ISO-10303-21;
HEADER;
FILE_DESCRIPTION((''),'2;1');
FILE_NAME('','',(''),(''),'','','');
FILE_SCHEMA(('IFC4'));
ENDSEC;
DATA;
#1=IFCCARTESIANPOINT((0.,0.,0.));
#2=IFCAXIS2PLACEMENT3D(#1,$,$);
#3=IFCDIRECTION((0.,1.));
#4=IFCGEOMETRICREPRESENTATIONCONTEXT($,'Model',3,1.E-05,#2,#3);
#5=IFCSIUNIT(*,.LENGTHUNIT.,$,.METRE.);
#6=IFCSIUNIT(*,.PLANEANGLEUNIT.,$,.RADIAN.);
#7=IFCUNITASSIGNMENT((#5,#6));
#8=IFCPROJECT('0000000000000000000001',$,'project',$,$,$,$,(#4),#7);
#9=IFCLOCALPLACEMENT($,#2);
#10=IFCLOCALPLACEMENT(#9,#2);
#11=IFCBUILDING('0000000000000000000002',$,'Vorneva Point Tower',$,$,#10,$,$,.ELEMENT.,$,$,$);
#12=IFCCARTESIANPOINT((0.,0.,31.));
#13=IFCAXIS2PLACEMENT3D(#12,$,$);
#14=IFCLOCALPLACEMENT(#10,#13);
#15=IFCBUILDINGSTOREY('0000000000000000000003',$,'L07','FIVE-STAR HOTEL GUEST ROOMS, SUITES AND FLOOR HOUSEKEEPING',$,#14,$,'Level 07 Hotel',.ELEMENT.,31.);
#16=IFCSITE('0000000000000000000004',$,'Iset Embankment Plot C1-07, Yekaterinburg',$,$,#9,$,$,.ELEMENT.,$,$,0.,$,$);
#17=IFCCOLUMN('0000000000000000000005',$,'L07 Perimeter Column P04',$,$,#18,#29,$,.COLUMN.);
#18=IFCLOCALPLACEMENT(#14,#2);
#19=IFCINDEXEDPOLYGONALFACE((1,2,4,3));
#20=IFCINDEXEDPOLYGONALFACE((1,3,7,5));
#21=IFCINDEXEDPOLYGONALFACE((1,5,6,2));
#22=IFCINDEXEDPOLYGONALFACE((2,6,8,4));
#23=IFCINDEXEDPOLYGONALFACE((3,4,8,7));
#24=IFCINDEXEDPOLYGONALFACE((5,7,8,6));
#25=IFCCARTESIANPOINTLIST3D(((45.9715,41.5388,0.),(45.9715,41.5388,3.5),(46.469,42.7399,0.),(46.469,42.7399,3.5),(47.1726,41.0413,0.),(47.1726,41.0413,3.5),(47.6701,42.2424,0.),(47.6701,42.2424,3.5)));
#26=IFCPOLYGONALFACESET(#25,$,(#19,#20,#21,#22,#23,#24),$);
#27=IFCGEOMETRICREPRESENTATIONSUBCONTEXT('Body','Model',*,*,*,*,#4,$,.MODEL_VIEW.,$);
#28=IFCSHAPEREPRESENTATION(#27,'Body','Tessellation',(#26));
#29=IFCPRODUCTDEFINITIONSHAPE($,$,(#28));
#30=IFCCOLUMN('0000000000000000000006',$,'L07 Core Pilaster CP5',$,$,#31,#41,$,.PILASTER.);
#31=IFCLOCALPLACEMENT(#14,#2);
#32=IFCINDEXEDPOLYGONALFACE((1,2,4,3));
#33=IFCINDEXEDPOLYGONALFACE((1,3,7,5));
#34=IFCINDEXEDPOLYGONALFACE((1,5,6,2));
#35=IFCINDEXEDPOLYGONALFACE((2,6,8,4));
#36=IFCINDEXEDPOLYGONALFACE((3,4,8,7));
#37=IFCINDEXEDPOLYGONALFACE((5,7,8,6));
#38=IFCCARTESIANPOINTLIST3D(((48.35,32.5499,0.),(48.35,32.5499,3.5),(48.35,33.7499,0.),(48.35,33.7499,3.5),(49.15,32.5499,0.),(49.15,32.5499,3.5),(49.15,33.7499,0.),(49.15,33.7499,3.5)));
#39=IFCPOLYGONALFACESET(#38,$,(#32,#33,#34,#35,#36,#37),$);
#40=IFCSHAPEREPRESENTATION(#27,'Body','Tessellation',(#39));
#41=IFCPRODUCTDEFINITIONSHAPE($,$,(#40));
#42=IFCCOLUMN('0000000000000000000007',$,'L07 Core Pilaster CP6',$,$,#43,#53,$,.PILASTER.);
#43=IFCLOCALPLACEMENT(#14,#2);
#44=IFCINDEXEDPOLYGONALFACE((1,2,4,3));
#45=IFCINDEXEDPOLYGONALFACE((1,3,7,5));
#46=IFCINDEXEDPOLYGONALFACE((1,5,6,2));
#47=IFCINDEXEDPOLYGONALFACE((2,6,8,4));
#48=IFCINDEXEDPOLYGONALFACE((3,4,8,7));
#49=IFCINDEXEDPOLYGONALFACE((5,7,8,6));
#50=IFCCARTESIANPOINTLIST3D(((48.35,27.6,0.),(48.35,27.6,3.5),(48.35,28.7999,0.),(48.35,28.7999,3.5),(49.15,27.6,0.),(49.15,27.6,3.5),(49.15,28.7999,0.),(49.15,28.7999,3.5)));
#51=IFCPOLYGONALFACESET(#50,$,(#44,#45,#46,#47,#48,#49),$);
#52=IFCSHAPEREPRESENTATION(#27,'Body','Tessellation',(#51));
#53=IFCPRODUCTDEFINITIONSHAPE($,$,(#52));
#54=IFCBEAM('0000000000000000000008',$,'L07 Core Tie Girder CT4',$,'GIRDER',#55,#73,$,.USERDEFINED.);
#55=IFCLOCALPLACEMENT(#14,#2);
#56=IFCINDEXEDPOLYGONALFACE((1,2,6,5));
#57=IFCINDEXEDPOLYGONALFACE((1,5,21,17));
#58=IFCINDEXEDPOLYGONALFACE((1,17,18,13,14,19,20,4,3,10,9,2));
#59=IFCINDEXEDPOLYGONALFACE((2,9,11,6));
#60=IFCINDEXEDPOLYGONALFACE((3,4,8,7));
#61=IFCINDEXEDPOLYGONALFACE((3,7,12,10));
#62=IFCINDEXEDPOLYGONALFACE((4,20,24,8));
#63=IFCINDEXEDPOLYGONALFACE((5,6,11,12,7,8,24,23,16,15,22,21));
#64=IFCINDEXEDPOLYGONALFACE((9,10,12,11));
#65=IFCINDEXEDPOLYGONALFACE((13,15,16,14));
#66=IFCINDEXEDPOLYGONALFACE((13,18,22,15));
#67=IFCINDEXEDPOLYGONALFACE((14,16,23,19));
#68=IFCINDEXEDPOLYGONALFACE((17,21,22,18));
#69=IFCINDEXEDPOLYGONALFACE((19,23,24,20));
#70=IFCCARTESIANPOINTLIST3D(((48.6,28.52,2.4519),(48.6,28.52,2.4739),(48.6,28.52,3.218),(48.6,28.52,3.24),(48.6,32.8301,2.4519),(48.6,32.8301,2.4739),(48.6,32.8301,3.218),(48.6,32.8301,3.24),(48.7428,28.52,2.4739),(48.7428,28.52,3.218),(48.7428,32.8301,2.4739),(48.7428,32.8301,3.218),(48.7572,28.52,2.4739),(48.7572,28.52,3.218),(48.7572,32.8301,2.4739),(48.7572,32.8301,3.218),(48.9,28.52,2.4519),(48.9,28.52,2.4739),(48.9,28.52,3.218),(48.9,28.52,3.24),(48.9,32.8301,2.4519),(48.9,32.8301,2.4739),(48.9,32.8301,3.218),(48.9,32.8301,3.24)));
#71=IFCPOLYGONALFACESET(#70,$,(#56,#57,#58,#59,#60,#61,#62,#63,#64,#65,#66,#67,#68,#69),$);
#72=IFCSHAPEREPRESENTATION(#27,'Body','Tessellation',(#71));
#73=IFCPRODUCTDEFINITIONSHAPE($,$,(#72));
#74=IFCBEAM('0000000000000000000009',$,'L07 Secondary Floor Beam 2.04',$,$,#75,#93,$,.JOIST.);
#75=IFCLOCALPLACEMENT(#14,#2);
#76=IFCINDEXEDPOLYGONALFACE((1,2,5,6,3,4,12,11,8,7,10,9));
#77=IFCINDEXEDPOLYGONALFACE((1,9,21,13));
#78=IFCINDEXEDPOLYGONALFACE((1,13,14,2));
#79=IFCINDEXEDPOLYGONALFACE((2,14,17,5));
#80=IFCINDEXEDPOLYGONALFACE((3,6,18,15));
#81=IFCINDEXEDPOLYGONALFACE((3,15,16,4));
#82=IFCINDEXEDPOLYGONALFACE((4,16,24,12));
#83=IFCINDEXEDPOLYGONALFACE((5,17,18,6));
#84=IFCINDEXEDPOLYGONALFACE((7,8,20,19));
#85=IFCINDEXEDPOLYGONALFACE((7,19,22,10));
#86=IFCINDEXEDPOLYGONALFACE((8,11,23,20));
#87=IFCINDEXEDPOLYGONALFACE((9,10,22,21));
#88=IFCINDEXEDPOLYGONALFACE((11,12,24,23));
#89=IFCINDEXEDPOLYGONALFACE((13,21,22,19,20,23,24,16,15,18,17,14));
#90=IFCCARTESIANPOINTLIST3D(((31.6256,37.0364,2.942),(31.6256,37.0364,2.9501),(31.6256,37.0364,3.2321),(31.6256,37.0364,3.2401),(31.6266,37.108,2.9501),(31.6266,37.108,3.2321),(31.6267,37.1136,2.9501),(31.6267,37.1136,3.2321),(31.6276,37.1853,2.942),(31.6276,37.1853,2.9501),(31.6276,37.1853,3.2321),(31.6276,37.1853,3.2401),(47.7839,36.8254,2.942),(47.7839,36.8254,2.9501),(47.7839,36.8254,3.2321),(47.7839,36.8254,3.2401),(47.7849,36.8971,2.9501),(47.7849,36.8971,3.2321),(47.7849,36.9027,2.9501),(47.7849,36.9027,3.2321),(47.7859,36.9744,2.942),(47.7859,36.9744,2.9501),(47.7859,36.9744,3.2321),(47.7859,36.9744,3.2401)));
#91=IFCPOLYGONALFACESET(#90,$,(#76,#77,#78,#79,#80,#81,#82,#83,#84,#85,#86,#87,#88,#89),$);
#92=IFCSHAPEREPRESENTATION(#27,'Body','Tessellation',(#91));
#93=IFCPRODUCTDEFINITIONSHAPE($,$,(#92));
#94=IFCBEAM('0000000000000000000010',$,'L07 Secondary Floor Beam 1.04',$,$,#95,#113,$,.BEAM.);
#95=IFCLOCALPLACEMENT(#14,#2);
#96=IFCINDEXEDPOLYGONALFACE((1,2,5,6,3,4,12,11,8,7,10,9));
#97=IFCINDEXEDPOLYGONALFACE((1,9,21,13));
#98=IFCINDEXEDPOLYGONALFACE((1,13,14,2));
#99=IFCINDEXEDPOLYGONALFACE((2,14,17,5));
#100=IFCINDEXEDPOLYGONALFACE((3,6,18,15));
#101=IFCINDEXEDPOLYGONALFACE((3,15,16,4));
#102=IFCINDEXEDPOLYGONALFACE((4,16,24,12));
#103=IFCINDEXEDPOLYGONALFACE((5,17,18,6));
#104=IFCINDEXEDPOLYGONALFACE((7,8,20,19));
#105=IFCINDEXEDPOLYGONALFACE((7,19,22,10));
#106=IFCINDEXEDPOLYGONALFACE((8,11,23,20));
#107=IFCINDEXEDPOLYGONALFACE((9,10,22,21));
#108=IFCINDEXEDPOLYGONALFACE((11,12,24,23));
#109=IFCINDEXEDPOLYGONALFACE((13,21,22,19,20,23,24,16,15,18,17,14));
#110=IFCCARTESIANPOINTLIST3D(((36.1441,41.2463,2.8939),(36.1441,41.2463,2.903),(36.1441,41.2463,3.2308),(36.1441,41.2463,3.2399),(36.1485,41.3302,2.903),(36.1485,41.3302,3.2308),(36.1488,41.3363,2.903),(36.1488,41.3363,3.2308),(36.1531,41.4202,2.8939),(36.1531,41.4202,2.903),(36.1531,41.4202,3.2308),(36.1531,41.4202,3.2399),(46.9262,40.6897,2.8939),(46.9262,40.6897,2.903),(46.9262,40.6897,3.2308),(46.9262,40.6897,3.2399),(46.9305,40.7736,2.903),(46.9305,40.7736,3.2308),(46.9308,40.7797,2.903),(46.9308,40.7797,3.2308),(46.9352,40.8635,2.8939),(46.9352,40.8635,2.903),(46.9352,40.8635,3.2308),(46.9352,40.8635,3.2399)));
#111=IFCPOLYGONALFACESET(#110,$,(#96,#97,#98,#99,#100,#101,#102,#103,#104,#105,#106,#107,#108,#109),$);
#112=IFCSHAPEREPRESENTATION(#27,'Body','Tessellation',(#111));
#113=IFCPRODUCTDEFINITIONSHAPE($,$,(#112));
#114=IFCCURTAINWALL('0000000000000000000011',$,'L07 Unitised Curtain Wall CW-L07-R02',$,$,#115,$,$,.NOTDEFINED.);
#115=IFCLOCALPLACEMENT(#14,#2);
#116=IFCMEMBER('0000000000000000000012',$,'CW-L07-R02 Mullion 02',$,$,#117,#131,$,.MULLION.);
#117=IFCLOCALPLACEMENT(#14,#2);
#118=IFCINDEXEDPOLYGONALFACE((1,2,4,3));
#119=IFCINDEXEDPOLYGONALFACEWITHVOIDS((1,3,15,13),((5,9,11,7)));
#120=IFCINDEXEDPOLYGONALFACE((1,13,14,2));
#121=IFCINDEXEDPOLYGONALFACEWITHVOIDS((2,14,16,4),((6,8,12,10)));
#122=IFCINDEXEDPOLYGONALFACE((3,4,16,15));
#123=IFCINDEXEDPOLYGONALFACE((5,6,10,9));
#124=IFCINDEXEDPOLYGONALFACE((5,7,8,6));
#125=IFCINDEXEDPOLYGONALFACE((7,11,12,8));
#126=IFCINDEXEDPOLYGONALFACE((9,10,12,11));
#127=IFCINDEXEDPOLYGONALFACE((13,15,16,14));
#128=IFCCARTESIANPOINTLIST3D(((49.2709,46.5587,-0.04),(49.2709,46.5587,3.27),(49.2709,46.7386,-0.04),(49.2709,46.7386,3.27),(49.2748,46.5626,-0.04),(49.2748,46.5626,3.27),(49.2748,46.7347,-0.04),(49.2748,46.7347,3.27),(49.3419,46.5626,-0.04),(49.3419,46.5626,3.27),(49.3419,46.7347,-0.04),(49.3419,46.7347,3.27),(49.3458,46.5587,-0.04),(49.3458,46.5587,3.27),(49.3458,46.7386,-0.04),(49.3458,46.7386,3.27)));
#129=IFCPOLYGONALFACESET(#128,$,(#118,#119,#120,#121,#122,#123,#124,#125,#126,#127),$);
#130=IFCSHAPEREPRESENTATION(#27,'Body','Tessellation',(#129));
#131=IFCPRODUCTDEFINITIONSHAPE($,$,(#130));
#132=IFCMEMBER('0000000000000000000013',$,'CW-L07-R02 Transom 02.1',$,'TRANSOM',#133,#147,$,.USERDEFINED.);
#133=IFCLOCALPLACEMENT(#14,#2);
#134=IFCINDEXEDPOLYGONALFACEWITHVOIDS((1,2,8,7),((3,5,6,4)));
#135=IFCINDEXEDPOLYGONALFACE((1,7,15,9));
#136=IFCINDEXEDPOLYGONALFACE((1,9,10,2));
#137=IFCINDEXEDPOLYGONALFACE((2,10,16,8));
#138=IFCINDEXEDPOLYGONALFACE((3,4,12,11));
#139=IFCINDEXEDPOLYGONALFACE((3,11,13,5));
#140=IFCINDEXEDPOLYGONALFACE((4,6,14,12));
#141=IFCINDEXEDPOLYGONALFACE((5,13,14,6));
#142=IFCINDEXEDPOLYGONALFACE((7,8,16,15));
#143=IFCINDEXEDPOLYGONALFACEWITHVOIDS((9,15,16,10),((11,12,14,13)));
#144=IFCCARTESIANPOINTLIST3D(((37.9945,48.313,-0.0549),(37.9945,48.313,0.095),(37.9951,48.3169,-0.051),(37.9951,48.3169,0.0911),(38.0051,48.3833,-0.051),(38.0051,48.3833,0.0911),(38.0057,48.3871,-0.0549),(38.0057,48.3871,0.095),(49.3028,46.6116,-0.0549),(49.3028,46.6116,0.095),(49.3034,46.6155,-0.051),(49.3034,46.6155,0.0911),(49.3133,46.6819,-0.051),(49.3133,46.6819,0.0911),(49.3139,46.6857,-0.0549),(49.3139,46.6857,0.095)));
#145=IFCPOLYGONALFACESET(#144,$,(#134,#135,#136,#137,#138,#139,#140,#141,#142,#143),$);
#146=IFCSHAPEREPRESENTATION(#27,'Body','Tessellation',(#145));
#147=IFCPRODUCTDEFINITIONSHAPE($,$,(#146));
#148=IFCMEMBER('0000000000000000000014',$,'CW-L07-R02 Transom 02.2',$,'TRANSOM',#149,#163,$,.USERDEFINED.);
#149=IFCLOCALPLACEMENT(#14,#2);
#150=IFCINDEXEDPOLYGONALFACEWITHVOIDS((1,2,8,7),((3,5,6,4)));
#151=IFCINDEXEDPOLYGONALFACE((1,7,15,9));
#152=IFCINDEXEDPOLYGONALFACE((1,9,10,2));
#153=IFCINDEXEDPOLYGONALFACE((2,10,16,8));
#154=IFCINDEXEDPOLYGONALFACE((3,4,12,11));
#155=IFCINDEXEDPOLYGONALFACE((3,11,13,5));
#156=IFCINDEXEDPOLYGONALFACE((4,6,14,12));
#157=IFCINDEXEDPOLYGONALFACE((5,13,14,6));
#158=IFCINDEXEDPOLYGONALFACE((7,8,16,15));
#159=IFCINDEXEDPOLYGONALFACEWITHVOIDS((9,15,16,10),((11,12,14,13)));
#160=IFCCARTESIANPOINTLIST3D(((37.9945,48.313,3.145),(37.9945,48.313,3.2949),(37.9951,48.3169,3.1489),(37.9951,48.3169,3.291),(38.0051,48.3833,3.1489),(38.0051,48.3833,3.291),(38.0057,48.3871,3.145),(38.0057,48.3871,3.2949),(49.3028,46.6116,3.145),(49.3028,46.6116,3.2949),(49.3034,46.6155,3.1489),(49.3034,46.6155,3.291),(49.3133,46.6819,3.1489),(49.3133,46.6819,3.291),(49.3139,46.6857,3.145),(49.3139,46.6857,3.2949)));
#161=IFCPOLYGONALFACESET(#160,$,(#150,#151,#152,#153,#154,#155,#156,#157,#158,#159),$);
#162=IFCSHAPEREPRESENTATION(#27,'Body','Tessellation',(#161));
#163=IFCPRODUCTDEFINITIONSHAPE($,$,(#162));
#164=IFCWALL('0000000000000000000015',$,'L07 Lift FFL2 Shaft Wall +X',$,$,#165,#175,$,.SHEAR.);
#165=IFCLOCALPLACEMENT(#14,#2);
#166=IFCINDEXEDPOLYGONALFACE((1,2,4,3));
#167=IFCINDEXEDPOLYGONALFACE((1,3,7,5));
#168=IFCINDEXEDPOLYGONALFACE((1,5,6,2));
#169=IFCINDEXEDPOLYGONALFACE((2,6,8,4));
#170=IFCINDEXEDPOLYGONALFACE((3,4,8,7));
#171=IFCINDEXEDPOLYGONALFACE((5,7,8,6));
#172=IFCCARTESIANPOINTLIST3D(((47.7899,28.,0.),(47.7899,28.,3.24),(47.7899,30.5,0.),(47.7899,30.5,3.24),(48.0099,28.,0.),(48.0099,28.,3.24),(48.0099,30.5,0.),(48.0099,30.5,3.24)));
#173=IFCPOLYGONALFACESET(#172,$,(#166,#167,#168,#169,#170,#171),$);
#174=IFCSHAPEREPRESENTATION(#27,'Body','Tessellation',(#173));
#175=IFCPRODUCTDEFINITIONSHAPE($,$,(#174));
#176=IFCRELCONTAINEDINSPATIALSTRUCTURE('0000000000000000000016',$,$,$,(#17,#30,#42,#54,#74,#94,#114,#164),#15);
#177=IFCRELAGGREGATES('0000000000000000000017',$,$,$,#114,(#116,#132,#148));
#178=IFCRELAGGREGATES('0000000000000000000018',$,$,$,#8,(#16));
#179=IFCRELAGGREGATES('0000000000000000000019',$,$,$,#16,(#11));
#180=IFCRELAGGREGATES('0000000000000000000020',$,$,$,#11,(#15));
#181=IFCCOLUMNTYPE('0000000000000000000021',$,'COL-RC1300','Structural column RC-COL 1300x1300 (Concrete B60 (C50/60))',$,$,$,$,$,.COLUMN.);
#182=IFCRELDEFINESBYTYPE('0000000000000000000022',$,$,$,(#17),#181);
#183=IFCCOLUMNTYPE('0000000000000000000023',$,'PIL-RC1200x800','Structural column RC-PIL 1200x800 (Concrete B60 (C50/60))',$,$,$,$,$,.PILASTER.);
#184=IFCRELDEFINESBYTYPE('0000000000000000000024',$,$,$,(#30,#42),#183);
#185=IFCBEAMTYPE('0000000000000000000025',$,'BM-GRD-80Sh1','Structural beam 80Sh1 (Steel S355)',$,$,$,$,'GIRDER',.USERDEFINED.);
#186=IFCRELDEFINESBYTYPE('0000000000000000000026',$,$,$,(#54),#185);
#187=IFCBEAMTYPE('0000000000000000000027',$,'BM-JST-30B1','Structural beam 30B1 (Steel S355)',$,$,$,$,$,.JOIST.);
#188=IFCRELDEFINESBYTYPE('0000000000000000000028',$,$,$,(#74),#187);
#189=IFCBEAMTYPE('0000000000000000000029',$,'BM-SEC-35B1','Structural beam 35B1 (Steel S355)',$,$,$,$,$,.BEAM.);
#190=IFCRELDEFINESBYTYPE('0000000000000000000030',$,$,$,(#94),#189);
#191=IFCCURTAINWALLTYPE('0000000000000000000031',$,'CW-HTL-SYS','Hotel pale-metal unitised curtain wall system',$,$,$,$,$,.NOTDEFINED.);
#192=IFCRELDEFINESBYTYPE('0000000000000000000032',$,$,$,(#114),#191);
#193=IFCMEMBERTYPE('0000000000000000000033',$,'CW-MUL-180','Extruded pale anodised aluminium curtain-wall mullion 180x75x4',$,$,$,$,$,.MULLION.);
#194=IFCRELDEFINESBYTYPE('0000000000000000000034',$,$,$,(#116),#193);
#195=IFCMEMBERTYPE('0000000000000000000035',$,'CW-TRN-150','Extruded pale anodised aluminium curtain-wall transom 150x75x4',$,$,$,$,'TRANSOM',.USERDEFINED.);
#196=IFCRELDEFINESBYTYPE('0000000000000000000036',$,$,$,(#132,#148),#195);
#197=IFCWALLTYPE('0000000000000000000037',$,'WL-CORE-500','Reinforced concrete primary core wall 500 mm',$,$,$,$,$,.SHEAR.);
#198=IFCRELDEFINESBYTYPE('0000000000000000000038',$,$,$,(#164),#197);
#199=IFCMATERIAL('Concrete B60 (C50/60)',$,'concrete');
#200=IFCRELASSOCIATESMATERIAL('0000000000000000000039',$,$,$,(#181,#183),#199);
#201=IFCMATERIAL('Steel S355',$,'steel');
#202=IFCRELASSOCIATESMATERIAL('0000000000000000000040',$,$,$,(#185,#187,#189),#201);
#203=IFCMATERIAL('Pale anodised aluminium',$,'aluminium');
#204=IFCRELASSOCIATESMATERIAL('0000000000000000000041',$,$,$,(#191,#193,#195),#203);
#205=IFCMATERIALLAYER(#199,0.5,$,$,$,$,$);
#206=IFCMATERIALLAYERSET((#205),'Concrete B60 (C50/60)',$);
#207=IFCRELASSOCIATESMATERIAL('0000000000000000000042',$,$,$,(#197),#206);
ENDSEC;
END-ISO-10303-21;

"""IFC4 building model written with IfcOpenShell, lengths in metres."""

from ifc_helpers import new_model, si_unit, direction, frame, frame_2d, origin, origin_2d, place, context, subcontext, project, spatial, rectangle, hollow_rectangle, i_section, extrude, material, layer, layer_set, material_profile, profile_set, type_object, element, aggregate, save


model = new_model("IFC4")

# Units and contexts
model_context = context("Model", 3, precision=1e-05, world=origin(), true_north=direction((0.0, 1.0)))
body_context = subcontext(model_context, "Body", "Model", "MODEL_VIEW")
ifc_project = project(units=[si_unit("LENGTHUNIT", "METRE"), si_unit("PLANEANGLEUNIT", "RADIAN")], contexts=[model_context])

# Site, building, storey
site_placement = place(None, origin())
site = spatial("IfcSite", under=ifc_project, at=site_placement, Name="Iset Embankment Plot C1-07, Yekaterinburg", CompositionType="ELEMENT", RefElevation=0.0)
building_placement = place(site_placement, origin())
building = spatial("IfcBuilding", under=site, at=building_placement, Name="Vorneva Point Tower", CompositionType="ELEMENT")
storey_placement = place(building_placement, frame((0.0, 0.0, 31.0)))
storey = spatial("IfcBuildingStorey", under=building, at=storey_placement, Name="L07", Description="FIVE-STAR HOTEL GUEST ROOMS, SUITES AND FLOOR HOUSEKEEPING", LongName="Level 07 Hotel", CompositionType="ELEMENT", Elevation=31.0)

# Columns
ifc_material_1 = material(Name="Concrete B60 (C50/60)", Category="concrete")
ifc_material_profile_1 = material_profile(ifc_material_1, rectangle(XDim=1.3, YDim=1.3, at=origin_2d()), Name="RC-COL 1300x1300")
ifc_profile_set_1 = profile_set([ifc_material_profile_1], Name="Concrete B60 (C50/60)")
column_type_1 = type_object("IfcColumnType", Name="COL-RC1300", Description="Structural column RC-COL 1300x1300 (Concrete B60 (C50/60))", PredefinedType="COLUMN", material=ifc_profile_set_1)
column_placement = place(storey_placement, frame((46.8208, 41.8906, 0.0), z_axis=(0.0, 0.0, 1.0), x_axis=(0.382683, 0.92388, 0.0)))
element("IfcColumn", 1, at=column_placement, inside=storey, type_object=column_type_1, Name="L07 Perimeter Column P04", PredefinedType="COLUMN", context=body_context, shape_type="SweptSolid", body=[
    extrude(rectangle(XDim=1.3, YDim=1.3, at=origin_2d()), origin(), (0.0, 0.0, 1.0), 3.5),
])
ifc_material_profile_2 = material_profile(ifc_material_1, rectangle(XDim=0.8, YDim=1.2, at=origin_2d()), Name="RC-PIL 1200x800")
ifc_profile_set_2 = profile_set([ifc_material_profile_2], Name="Concrete B60 (C50/60)")
column_type_2 = type_object("IfcColumnType", Name="PIL-RC1200x800", Description="Structural column RC-PIL 1200x800 (Concrete B60 (C50/60))", PredefinedType="PILASTER", material=ifc_profile_set_2)
for number, where, z_axis, x_axis, name in (
    (2, (48.75, 33.1499, 0.0), (0.0, 0.0, 1.0), (1.0, 0.0, 0.0), "L07 Core Pilaster CP5"),
    (3, (48.75, 28.2, 0.0), (0.0, 0.0, 1.0), (1.0, 0.0, 0.0), "L07 Core Pilaster CP6"),
):
    element("IfcColumn", number, at=place(storey_placement, frame(where, z_axis=z_axis, x_axis=x_axis)), inside=storey, type_object=column_type_2, Name=name, PredefinedType="PILASTER", context=body_context, shape_type="SweptSolid", body=[
        extrude(rectangle(XDim=0.8, YDim=1.2, at=origin_2d()), origin(), (0.0, 0.0, 1.0), 3.5),
    ])

# Beams
ifc_material_2 = material(Name="Steel S355", Category="steel")
ifc_material_profile_3 = material_profile(ifc_material_2, i_section(OverallWidth=0.3, OverallDepth=0.7881, WebThickness=0.0144, FlangeThickness=0.022, at=origin_2d()), Name="80Sh1")
ifc_profile_set_3 = profile_set([ifc_material_profile_3], Name="Steel S355")
beam_type_1 = type_object("IfcBeamType", Name="BM-GRD-80Sh1", Description="Structural beam 80Sh1 (Steel S355)", ElementType="GIRDER", PredefinedType="USERDEFINED", material=ifc_profile_set_3)
beam_1_placement = place(storey_placement, frame((48.75, 28.52, 2.8459), z_axis=(0.0, 1.0, 0.0), x_axis=(-1.0, 0.0, 0.0)))
element("IfcBeam", 4, at=beam_1_placement, inside=storey, type_object=beam_type_1, Name="L07 Core Tie Girder CT4", ObjectType="GIRDER", PredefinedType="USERDEFINED", context=body_context, shape_type="SweptSolid", body=[
    extrude(i_section(OverallWidth=0.3, OverallDepth=0.7881, WebThickness=0.0144, FlangeThickness=0.022, at=origin_2d()), origin(), (0.0, 0.0, 1.0), 4.3101),
])
ifc_material_profile_4 = material_profile(ifc_material_2, i_section(OverallWidth=0.1489, OverallDepth=0.2981, WebThickness=0.0056, FlangeThickness=0.0081, at=origin_2d()), Name="30B1")
ifc_profile_set_4 = profile_set([ifc_material_profile_4], Name="Steel S355")
beam_type_2 = type_object("IfcBeamType", Name="BM-JST-30B1", Description="Structural beam 30B1 (Steel S355)", PredefinedType="JOIST", material=ifc_profile_set_4)
beam_2_placement = place(storey_placement, frame((47.7849, 36.8999, 3.0911), z_axis=(-0.999915, 0.013053, 0.0), x_axis=(-0.013053, -0.999915, 0.0)))
element("IfcBeam", 5, at=beam_2_placement, inside=storey, type_object=beam_type_2, Name="L07 Secondary Floor Beam 2.04", PredefinedType="JOIST", context=body_context, shape_type="SweptSolid", body=[
    extrude(i_section(OverallWidth=0.1489, OverallDepth=0.2981, WebThickness=0.0056, FlangeThickness=0.0081, at=origin_2d()), origin(), (0.0, 0.0, 1.0), 16.1597),
])
ifc_material_profile_5 = material_profile(ifc_material_2, i_section(OverallWidth=0.1741, OverallDepth=0.3459, WebThickness=0.0061, FlangeThickness=0.009, at=origin_2d()), Name="35B1")
ifc_profile_set_5 = profile_set([ifc_material_profile_5], Name="Steel S355")
beam_type_3 = type_object("IfcBeamType", Name="BM-SEC-35B1", Description="Structural beam 35B1 (Steel S355)", PredefinedType="BEAM", material=ifc_profile_set_5)
beam_3_placement = place(storey_placement, frame((46.9307, 40.7766, 3.0669), z_axis=(-0.99867, 0.051558, 0.0), x_axis=(-0.051558, -0.99867, 0.0)))
element("IfcBeam", 6, at=beam_3_placement, inside=storey, type_object=beam_type_3, Name="L07 Secondary Floor Beam 1.04", PredefinedType="BEAM", context=body_context, shape_type="SweptSolid", body=[
    extrude(i_section(OverallWidth=0.1741, OverallDepth=0.3459, WebThickness=0.0061, FlangeThickness=0.009, at=origin_2d()), origin(), (0.0, 0.0, 1.0), 10.7964),
])

# Curtain wall, members
ifc_material_3 = material(Name="Pale anodised aluminium", Category="aluminium")
curtain_wall_type = type_object("IfcCurtainWallType", Name="CW-HTL-SYS", Description="Hotel pale-metal unitised curtain wall system", PredefinedType="NOTDEFINED", material=ifc_material_3)
curtain_wall_placement = place(storey_placement, origin())
curtain_wall = element("IfcCurtainWall", 7, at=curtain_wall_placement, inside=storey, type_object=curtain_wall_type, Name="L07 Unitised Curtain Wall CW-L07-R02", PredefinedType="NOTDEFINED")
ifc_material_profile_6 = material_profile(ifc_material_3, hollow_rectangle(XDim=0.075, YDim=0.1799, WallThickness=0.0039, at=origin_2d()), Name="AL-MUL 180x75x4")
ifc_profile_set_6 = profile_set([ifc_material_profile_6], Name="Pale anodised aluminium")
member_type_1 = type_object("IfcMemberType", Name="CW-MUL-180", Description="Extruded pale anodised aluminium curtain-wall mullion 180x75x4", PredefinedType="MULLION", material=ifc_profile_set_6)
member_1_placement = place(storey_placement, frame((49.3083, 46.6487, -0.04), z_axis=(0.0, 0.0, 1.0), x_axis=(1.0, 0.0, 0.0)))
member_1 = element("IfcMember", 8, at=member_1_placement, type_object=member_type_1, Name="CW-L07-R02 Mullion 02", PredefinedType="MULLION", context=body_context, shape_type="SweptSolid", body=[
    extrude(hollow_rectangle(XDim=0.075, YDim=0.1799, WallThickness=0.0039, at=origin_2d()), origin(), (0.0, 0.0, 1.0), 3.3101),
])
ifc_material_profile_7 = material_profile(ifc_material_3, hollow_rectangle(XDim=0.075, YDim=0.1499, WallThickness=0.0039, at=origin_2d()), Name="AL-TRN 150x75x4")
ifc_profile_set_7 = profile_set([ifc_material_profile_7], Name="Pale anodised aluminium")
member_type_2 = type_object("IfcMemberType", Name="CW-TRN-150", Description="Extruded pale anodised aluminium curtain-wall transom 150x75x4", ElementType="TRANSOM", PredefinedType="USERDEFINED", material=ifc_profile_set_7)
member_2_placement = place(storey_placement, frame((49.3083, 46.6487, 0.02), z_axis=(-0.98887, 0.148782, 0.0), x_axis=(-0.148782, -0.98887, 0.0)))
member_2 = element("IfcMember", 9, at=member_2_placement, type_object=member_type_2, Name="CW-L07-R02 Transom 02.1", ObjectType="TRANSOM", PredefinedType="USERDEFINED", context=body_context, shape_type="SweptSolid", body=[
    extrude(hollow_rectangle(XDim=0.075, YDim=0.1499, WallThickness=0.0039, at=origin_2d()), origin(), (0.0, 0.0, 1.0), 11.4355),
])
member_3_placement = place(storey_placement, frame((49.3083, 46.6487, 3.22), z_axis=(-0.98887, 0.148782, 0.0), x_axis=(-0.148782, -0.98887, 0.0)))
member_3 = element("IfcMember", 10, at=member_3_placement, type_object=member_type_2, Name="CW-L07-R02 Transom 02.2", ObjectType="TRANSOM", PredefinedType="USERDEFINED", context=body_context, shape_type="SweptSolid", body=[
    extrude(hollow_rectangle(XDim=0.075, YDim=0.1499, WallThickness=0.0039, at=origin_2d()), origin(), (0.0, 0.0, 1.0), 11.4355),
])
aggregate(curtain_wall, [member_1, member_2, member_3])

# Wall
ifc_layer_1 = layer(ifc_material_1, 0.5)
ifc_layer_set_1 = layer_set([ifc_layer_1], Name="Concrete B60 (C50/60)")
wall_type_1 = type_object("IfcWallType", Name="WL-CORE-500", Description="Reinforced concrete primary core wall 500 mm", PredefinedType="SHEAR", material=ifc_layer_set_1)
wall_1_placement = place(storey_placement, frame((47.8999, 28.0, 0.0), z_axis=(0.0, 0.0, 1.0), x_axis=(0.0, 1.0, 0.0)))
element("IfcWall", 11, at=wall_1_placement, inside=storey, type_object=wall_type_1, Name="L07 Lift FFL2 Shaft Wall +X", PredefinedType="SHEAR", context=body_context, shape_type="SweptSolid", body=[
    extrude(rectangle(XDim=2.5, YDim=0.22, at=frame_2d((1.25, 0.0))), origin(), (0.0, 0.0, 1.0), 3.24),
])

save(model, "model.ifc")
